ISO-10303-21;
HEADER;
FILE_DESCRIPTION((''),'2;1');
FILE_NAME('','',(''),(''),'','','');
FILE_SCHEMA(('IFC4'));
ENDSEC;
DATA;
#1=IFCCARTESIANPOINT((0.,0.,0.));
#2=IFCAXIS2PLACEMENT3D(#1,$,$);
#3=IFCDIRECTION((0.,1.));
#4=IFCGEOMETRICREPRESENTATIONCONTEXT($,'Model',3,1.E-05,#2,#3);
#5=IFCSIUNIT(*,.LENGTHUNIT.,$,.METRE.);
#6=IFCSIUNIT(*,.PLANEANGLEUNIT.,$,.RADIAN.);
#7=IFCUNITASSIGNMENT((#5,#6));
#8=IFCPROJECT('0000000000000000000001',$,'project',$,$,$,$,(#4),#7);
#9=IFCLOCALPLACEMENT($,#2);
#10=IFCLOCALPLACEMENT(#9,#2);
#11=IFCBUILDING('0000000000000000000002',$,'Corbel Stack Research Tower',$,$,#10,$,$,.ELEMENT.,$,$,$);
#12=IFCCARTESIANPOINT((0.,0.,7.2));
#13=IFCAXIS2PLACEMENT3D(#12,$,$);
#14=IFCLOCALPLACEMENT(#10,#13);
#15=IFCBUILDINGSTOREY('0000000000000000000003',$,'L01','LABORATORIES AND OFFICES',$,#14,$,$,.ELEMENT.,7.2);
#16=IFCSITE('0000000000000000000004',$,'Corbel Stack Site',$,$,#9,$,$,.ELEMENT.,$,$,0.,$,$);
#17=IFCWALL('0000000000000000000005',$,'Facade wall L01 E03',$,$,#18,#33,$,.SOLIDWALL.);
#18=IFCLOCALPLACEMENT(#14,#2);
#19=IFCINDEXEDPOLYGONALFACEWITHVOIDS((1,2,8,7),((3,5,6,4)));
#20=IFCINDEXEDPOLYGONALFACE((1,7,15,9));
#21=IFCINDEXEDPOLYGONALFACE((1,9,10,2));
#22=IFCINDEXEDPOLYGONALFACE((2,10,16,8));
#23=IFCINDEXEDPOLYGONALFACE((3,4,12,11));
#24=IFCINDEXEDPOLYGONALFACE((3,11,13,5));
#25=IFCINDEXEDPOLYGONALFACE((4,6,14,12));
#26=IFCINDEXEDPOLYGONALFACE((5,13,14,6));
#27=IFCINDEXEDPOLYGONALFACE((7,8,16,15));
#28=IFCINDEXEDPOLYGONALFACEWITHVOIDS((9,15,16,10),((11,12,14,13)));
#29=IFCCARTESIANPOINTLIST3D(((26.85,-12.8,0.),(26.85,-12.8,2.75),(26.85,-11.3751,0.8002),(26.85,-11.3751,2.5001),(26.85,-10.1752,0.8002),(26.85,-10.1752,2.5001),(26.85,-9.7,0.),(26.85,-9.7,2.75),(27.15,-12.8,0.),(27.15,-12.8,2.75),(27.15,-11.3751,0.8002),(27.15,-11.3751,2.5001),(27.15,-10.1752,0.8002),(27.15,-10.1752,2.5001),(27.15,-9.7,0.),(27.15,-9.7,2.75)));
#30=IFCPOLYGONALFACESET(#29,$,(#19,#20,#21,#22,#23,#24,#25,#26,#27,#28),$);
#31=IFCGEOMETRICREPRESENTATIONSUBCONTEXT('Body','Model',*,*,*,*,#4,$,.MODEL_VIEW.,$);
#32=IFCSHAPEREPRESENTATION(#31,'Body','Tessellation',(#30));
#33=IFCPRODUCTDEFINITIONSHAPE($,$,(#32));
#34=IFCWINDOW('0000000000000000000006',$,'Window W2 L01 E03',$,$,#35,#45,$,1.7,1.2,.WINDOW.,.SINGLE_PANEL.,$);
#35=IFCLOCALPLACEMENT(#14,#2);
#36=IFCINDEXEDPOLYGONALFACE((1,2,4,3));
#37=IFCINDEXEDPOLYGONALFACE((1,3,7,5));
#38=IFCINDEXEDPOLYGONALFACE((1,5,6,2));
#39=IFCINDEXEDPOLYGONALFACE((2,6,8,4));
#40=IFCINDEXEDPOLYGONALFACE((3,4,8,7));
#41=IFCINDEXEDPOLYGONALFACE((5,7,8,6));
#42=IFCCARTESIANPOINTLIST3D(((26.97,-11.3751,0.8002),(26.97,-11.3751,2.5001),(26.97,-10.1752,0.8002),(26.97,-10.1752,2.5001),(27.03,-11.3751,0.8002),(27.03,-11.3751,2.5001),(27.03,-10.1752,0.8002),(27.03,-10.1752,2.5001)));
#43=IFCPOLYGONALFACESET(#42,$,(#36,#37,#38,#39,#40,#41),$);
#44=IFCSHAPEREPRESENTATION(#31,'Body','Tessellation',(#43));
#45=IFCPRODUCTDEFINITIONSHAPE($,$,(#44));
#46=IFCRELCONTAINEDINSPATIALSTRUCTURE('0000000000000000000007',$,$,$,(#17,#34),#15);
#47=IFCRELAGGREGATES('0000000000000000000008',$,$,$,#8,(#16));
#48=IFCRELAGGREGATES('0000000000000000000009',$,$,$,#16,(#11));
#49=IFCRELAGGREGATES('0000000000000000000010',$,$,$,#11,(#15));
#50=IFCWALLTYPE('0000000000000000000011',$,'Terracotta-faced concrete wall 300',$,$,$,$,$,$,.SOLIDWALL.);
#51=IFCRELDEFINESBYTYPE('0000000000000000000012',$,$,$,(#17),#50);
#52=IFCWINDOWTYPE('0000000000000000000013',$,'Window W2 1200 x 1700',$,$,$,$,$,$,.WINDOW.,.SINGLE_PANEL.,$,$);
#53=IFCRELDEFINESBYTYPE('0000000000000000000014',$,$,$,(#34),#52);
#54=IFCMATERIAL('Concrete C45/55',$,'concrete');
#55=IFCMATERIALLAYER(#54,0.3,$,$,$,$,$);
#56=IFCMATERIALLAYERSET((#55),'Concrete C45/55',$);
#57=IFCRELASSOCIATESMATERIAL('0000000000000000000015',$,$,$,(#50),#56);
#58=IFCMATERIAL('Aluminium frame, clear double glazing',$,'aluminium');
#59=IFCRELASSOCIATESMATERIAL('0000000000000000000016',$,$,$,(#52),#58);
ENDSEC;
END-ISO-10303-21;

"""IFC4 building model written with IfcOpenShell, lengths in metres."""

from ifc_helpers import new_model, si_unit, direction, frame, frame_2d, origin, place, context, subcontext, project, spatial, rectangle, extrude, material, layer, layer_set, type_object, element, fill, save


model = new_model("IFC4")

# Units and contexts
model_context = context("Model", 3, precision=1e-05, world=origin(), true_north=direction((0.0, 1.0)))
body_context = subcontext(model_context, "Body", "Model", "MODEL_VIEW")
ifc_project = project(units=[si_unit("LENGTHUNIT", "METRE"), si_unit("PLANEANGLEUNIT", "RADIAN")], contexts=[model_context])

# Site, building, storey
site_placement = place(None, origin())
site = spatial("IfcSite", under=ifc_project, at=site_placement, Name="Corbel Stack Site", CompositionType="ELEMENT", RefElevation=0.0)
building_placement = place(site_placement, origin())
building = spatial("IfcBuilding", under=site, at=building_placement, Name="Corbel Stack Research Tower", CompositionType="ELEMENT")
storey_placement = place(building_placement, frame((0.0, 0.0, 7.2)))
storey = spatial("IfcBuildingStorey", under=building, at=storey_placement, Name="L01", Description="LABORATORIES AND OFFICES", CompositionType="ELEMENT", Elevation=7.2)

# Shared definitions
ifc_material_1 = material(Name="Concrete C45/55", Category="concrete")
ifc_layer_1 = layer(ifc_material_1, 0.3)
ifc_layer_set_1 = layer_set([ifc_layer_1], Name="Concrete C45/55")
wall_type_1 = type_object("IfcWallType", Name="Terracotta-faced concrete wall 300", PredefinedType="SOLIDWALL", material=ifc_layer_set_1)

# Wall, opening, window
wall_1_placement = place(storey_placement, frame((27.0, -9.7, 0.0), z_axis=(0.0, 0.0, 1.0), x_axis=(0.0, -1.0, 0.0)))
wall_1 = element("IfcWall", 1, at=wall_1_placement, inside=storey, type_object=wall_type_1, Name="Facade wall L01 E03", PredefinedType="SOLIDWALL", context=body_context, shape_type="SweptSolid", body=[
    extrude(rectangle(XDim=3.1001, YDim=0.3, at=frame_2d((1.55, 0.0))), origin(), (0.0, 0.0, 1.0), 2.75),
])
opening_1_placement = place(wall_1_placement, frame((0.4751, 0.0, 0.8)))
opening_1 = element("IfcOpeningElement", 2, at=opening_1_placement, cuts=wall_1, PredefinedType="OPENING", context=body_context, shape_type="SweptSolid", body=[
    extrude(rectangle(XDim=1.2, YDim=1.7, at=frame_2d((0.6001, 0.8501))), frame((0.0, 0.1599, 0.0), z_axis=(0.0, -1.0, 0.0), x_axis=(1.0, 0.0, 0.0)), (0.0, 0.0, 1.0), 0.3201),
])
ifc_material_2 = material(Name="Aluminium frame, clear double glazing", Category="aluminium")
window_type = type_object("IfcWindowType", Name="Window W2 1200 x 1700", PartitioningType="SINGLE_PANEL", PredefinedType="WINDOW", material=ifc_material_2)
window_placement = place(opening_1_placement, origin())
window = element("IfcWindow", 3, at=window_placement, inside=storey, type_object=window_type, Name="Window W2 L01 E03", OverallHeight=1.7, OverallWidth=1.2, PartitioningType="SINGLE_PANEL", PredefinedType="WINDOW", context=body_context, shape_type="SweptSolid", body=[
    extrude(rectangle(XDim=1.2, YDim=1.7, at=frame_2d((0.6001, 0.8501))), frame((0.0, 0.03, 0.0), z_axis=(0.0, -1.0, 0.0), x_axis=(1.0, 0.0, 0.0)), (0.0, 0.0, 1.0), 0.0601),
])
fill(opening_1, window)

save(model, "model.ifc")
